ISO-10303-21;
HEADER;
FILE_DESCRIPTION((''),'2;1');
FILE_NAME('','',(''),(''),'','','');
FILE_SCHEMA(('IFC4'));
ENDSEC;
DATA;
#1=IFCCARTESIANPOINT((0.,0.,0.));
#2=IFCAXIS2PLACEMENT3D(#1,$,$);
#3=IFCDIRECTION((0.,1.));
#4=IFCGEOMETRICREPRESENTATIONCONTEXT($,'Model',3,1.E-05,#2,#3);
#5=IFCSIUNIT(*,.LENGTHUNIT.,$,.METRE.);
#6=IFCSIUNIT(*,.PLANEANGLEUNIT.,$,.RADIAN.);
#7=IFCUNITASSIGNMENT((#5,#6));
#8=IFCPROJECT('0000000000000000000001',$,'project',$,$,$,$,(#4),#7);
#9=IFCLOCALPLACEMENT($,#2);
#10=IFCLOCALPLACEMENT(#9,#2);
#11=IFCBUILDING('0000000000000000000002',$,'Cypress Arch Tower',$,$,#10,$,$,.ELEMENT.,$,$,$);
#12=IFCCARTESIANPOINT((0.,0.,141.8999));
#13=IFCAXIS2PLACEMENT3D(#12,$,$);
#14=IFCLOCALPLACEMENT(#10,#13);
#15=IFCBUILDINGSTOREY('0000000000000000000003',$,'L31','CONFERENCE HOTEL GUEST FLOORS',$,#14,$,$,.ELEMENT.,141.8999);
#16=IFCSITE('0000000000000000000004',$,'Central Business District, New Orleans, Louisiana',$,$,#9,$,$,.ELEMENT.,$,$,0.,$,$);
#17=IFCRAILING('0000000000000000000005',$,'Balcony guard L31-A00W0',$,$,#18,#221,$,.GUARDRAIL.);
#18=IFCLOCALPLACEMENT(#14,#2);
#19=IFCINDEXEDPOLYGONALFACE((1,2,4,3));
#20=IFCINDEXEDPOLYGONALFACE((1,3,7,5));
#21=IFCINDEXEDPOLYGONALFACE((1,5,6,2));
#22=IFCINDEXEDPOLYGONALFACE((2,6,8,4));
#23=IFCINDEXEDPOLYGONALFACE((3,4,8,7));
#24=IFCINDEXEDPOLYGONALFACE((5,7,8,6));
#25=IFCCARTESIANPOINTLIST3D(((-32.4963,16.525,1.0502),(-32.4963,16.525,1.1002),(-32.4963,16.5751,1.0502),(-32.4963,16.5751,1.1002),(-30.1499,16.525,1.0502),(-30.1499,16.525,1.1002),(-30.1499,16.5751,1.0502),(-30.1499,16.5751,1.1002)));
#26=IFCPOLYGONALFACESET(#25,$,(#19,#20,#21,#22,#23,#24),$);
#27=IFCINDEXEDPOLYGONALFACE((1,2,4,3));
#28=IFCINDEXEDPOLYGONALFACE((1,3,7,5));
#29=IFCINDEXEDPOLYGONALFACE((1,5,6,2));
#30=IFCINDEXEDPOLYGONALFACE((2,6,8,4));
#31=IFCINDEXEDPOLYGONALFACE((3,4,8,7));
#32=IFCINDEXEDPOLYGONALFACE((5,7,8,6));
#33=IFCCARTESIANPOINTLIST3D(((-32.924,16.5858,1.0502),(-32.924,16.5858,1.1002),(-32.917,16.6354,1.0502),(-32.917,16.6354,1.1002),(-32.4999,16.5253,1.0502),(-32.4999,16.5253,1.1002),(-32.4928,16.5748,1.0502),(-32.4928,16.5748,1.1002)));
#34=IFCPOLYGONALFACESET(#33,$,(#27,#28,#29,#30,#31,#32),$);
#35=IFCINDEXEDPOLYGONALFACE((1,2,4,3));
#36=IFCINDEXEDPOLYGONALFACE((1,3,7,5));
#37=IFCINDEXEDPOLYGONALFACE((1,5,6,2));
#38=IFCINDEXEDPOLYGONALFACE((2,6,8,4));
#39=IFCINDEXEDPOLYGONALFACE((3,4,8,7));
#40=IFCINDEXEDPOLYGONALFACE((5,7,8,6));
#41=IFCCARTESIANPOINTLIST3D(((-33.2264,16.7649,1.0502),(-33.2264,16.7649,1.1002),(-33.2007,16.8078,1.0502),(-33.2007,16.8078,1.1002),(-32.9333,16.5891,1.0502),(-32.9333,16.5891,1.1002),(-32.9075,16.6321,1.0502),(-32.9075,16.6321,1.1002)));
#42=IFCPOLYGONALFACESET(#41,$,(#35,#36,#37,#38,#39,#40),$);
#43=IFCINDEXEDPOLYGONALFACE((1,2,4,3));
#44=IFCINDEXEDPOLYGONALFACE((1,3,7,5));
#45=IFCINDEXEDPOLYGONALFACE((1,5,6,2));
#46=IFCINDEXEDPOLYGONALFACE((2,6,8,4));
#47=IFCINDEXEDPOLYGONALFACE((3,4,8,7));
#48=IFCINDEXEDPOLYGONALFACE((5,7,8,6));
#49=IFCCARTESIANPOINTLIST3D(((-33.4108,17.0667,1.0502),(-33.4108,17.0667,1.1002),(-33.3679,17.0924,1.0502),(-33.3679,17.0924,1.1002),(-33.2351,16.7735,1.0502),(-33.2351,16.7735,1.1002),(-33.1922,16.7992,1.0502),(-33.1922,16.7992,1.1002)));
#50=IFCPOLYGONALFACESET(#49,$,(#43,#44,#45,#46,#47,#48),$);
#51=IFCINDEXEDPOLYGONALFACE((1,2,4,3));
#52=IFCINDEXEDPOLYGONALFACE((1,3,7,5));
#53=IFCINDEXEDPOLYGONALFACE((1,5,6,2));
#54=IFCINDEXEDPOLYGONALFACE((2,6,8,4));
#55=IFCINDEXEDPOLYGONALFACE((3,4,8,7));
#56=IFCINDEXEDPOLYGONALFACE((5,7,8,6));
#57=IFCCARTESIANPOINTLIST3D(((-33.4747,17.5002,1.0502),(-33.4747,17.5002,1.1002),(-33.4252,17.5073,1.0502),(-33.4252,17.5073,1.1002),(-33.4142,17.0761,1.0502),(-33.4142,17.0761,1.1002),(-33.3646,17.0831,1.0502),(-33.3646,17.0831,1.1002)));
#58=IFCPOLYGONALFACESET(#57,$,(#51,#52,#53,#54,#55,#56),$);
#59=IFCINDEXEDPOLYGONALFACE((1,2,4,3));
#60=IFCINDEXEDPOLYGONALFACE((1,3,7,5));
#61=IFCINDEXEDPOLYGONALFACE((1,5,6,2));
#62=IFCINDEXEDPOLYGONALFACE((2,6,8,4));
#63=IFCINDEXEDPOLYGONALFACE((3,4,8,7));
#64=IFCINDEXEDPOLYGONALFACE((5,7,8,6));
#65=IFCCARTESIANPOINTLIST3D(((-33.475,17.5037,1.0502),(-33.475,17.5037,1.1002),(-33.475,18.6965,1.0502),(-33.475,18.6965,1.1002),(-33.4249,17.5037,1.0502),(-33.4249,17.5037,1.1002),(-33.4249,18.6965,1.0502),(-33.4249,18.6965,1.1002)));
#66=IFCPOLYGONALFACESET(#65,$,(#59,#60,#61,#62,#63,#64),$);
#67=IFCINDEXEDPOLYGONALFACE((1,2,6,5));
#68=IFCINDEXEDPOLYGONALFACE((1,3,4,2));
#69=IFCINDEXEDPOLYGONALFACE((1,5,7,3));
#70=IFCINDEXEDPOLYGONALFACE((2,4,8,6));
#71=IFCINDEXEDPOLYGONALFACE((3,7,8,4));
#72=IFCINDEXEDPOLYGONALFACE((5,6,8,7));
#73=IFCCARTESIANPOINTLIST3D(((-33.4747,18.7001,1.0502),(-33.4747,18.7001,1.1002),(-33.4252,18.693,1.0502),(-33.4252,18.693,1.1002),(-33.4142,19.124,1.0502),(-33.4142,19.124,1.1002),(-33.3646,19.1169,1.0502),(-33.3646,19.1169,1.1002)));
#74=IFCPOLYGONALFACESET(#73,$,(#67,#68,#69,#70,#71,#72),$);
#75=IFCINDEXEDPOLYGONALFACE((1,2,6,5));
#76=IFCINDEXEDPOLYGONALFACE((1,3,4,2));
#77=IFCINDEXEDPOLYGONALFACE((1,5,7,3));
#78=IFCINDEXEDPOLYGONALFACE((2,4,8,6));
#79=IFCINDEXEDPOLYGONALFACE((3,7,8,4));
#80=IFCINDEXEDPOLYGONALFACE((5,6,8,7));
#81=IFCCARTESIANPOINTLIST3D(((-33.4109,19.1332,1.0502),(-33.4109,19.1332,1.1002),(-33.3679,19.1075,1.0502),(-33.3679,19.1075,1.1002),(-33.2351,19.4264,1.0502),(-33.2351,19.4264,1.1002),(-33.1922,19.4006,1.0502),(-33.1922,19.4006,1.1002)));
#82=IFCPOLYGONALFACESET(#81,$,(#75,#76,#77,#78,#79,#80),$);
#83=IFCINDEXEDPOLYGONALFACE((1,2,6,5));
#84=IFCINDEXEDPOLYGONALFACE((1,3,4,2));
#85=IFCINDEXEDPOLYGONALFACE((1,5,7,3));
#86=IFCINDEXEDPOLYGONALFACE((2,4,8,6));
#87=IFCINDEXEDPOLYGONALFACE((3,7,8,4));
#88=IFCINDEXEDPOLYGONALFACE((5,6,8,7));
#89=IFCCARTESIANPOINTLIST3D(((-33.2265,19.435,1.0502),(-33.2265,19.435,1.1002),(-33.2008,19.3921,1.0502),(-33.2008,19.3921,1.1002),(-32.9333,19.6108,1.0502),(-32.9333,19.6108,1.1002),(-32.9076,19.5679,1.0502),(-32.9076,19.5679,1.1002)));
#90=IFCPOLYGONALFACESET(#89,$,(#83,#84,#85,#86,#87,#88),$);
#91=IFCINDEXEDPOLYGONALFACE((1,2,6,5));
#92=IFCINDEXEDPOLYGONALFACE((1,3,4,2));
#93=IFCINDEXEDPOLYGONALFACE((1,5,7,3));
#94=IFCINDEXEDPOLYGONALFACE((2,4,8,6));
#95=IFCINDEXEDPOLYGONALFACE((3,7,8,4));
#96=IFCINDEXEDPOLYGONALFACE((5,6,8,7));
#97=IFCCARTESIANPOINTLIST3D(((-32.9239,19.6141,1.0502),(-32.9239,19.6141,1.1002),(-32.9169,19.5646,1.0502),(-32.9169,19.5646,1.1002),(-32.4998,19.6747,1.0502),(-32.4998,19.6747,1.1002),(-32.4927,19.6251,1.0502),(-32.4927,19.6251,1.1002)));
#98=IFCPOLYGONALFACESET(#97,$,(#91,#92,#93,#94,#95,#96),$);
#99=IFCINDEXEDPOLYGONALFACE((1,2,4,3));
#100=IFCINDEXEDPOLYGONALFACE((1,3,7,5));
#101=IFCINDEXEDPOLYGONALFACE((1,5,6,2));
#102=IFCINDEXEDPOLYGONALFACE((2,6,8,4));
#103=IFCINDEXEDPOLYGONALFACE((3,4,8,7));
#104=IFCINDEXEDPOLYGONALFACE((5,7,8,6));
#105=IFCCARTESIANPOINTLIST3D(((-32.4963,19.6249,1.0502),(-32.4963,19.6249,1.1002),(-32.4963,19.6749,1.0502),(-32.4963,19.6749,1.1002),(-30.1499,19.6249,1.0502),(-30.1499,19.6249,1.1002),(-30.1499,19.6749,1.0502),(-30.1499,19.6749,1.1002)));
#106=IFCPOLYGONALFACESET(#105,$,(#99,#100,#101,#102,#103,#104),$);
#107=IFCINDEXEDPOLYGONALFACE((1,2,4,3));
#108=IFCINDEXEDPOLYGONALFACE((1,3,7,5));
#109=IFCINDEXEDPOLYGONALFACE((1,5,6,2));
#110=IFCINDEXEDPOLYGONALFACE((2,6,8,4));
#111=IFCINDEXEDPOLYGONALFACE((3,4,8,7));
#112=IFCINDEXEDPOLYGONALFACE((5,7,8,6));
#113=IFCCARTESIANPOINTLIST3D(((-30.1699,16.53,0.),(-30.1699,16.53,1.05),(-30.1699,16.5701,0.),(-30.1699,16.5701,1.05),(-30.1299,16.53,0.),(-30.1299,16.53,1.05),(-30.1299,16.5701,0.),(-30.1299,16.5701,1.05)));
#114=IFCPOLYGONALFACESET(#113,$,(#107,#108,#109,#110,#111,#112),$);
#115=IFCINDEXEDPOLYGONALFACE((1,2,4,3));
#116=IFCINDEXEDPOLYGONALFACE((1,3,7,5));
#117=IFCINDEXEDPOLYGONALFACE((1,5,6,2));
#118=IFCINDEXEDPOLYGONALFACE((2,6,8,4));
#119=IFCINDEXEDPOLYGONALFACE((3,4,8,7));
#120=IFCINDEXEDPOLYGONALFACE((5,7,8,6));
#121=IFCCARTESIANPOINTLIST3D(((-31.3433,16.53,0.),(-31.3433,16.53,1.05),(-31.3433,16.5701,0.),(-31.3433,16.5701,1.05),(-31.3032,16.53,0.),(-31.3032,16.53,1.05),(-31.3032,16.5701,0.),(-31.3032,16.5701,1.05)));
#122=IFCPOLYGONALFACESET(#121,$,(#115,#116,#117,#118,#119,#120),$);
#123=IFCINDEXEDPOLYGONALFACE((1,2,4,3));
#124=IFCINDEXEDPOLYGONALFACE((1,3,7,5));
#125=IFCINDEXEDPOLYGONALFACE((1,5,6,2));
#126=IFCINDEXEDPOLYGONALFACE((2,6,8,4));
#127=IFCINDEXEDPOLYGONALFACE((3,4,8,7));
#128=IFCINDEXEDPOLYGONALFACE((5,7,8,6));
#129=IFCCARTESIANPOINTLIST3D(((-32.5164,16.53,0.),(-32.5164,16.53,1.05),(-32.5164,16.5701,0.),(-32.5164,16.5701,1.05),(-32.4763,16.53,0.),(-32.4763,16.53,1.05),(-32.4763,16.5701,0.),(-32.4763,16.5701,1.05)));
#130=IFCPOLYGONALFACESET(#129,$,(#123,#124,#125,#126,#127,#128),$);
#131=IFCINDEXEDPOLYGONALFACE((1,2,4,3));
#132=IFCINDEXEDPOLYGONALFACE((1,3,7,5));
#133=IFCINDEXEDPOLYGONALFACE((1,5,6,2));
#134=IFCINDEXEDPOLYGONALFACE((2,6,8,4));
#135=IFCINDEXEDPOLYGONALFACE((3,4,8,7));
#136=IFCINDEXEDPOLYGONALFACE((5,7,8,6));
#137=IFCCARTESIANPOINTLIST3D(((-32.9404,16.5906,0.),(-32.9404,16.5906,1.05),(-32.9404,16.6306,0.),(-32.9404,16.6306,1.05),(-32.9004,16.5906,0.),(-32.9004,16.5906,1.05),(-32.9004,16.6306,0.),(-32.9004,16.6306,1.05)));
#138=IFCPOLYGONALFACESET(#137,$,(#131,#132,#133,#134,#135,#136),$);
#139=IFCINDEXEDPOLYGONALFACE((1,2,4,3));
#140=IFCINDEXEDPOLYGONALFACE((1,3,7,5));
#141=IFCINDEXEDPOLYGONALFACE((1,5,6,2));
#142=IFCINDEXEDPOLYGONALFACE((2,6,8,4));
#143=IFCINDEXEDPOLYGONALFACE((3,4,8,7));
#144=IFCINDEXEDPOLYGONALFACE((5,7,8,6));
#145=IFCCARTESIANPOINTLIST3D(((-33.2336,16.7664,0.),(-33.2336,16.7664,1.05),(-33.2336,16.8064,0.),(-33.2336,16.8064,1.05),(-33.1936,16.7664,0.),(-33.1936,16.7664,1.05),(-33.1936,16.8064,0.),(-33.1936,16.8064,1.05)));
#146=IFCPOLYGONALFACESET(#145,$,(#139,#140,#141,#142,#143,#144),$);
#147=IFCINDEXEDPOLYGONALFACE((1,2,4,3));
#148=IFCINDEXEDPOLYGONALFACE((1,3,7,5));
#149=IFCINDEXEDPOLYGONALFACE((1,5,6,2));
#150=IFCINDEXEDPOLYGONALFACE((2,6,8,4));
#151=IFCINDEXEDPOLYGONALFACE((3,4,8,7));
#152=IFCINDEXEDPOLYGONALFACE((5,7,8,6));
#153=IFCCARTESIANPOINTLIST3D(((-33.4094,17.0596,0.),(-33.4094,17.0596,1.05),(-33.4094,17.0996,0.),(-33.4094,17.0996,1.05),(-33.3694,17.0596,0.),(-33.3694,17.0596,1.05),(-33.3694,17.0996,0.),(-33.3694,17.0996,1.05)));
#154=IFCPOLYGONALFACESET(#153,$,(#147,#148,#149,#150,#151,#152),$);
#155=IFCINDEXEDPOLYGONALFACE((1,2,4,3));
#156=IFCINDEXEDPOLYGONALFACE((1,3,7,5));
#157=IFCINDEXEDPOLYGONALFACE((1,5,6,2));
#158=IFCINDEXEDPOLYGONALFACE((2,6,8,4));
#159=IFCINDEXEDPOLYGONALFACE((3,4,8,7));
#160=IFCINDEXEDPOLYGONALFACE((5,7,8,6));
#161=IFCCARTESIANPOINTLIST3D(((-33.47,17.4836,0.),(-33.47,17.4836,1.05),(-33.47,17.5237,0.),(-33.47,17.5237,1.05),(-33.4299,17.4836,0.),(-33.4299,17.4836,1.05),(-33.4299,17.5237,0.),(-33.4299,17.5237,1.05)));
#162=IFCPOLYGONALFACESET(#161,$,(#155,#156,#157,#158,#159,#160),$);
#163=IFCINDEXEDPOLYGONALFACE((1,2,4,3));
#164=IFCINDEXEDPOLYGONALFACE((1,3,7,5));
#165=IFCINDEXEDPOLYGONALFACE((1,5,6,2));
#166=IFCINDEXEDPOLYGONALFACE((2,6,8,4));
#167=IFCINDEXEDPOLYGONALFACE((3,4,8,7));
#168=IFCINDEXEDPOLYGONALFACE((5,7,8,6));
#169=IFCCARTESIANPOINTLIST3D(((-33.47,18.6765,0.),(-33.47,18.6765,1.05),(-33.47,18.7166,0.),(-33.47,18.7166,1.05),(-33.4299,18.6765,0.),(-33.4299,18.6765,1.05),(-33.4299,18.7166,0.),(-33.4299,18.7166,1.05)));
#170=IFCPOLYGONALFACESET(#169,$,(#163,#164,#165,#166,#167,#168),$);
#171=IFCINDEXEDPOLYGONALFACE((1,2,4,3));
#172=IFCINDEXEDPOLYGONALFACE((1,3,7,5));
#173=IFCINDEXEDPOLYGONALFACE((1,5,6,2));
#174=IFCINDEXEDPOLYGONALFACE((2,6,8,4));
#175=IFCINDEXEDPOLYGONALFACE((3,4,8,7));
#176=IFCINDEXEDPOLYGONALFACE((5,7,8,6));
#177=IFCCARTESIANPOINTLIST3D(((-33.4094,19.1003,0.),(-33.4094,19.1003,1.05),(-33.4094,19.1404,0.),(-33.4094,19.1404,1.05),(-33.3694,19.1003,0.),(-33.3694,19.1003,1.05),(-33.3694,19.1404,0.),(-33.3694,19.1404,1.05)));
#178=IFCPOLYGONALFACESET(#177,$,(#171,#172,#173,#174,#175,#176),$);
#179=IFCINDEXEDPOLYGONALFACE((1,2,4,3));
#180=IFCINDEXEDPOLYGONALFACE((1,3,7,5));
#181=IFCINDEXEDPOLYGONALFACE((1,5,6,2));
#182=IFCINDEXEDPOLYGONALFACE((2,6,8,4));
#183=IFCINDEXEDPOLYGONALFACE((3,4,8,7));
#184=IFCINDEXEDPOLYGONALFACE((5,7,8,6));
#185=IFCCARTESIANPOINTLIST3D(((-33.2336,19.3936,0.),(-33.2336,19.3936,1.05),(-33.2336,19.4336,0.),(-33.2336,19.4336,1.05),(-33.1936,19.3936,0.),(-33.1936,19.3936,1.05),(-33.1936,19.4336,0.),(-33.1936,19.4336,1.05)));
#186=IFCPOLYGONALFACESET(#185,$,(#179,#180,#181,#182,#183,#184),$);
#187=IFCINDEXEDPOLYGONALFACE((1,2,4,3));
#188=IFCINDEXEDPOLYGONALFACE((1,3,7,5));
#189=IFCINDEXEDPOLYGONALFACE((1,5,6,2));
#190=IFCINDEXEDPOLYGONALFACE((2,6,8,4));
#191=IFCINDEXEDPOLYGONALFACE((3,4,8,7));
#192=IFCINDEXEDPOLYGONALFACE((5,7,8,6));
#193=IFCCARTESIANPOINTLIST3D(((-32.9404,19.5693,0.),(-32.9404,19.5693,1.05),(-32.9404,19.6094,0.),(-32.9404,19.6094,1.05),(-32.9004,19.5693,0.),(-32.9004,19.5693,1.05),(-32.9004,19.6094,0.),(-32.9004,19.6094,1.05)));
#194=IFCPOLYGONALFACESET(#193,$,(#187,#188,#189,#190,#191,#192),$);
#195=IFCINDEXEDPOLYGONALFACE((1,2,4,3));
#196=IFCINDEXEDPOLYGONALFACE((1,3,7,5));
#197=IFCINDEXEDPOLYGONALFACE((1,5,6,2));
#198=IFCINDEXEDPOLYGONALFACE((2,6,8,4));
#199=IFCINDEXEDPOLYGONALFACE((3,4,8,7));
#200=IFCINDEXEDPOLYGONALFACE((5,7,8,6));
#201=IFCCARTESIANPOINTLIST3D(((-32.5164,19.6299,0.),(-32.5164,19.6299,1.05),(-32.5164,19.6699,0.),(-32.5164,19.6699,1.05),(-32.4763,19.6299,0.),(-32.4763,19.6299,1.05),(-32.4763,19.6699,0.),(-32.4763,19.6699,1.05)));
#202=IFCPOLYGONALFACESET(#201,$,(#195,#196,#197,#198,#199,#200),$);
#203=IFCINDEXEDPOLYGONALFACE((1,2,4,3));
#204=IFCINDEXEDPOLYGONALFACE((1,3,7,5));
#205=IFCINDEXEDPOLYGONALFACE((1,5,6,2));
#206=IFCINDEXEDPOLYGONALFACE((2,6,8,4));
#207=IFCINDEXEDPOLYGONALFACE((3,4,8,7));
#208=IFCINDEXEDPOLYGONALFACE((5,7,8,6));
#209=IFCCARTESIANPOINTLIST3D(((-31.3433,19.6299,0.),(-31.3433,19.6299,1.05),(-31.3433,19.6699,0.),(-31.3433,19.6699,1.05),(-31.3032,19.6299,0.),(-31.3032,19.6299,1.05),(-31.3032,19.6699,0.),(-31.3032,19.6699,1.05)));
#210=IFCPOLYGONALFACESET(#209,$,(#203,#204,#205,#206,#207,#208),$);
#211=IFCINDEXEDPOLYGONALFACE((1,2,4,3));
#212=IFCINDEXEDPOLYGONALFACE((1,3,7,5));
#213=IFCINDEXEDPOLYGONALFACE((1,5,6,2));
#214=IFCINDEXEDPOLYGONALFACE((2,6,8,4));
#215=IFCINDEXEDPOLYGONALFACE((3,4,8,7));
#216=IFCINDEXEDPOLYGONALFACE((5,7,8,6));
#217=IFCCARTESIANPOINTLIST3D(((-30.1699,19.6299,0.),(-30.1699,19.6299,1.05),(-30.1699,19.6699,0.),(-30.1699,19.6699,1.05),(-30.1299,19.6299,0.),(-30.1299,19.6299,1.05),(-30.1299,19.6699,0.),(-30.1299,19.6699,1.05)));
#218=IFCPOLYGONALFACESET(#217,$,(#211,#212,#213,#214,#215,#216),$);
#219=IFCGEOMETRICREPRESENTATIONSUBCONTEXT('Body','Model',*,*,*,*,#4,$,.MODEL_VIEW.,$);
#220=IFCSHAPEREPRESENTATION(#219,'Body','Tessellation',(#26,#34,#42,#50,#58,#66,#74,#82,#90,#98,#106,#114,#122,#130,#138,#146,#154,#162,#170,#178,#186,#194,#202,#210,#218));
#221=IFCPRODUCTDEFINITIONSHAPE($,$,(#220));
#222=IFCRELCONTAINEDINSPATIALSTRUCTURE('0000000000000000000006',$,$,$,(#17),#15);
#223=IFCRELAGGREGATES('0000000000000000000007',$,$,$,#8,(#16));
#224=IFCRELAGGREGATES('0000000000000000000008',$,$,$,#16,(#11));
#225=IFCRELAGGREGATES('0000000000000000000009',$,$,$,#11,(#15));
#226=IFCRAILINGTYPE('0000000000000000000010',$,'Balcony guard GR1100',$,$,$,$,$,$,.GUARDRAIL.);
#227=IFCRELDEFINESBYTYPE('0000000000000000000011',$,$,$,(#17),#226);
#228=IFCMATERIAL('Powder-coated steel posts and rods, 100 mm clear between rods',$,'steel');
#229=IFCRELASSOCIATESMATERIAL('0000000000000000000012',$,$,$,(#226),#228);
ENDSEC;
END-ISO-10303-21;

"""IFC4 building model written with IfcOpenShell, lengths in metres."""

from ifc_helpers import new_model, si_unit, direction, frame, origin, origin_2d, place, context, subcontext, project, spatial, rectangle, extrude, material, type_object, element, save


model = new_model("IFC4")

# Units and contexts
model_context = context("Model", 3, precision=1e-05, world=origin(), true_north=direction((0.0, 1.0)))
body_context = subcontext(model_context, "Body", "Model", "MODEL_VIEW")
ifc_project = project(units=[si_unit("LENGTHUNIT", "METRE"), si_unit("PLANEANGLEUNIT", "RADIAN")], contexts=[model_context])

# Site, building, storey
site_placement = place(None, origin())
site = spatial("IfcSite", under=ifc_project, at=site_placement, Name="Central Business District, New Orleans, Louisiana", CompositionType="ELEMENT", RefElevation=0.0)
building_placement = place(site_placement, origin())
building = spatial("IfcBuilding", under=site, at=building_placement, Name="Cypress Arch Tower", CompositionType="ELEMENT")
storey_placement = place(building_placement, frame((0.0, 0.0, 141.8999)))
storey = spatial("IfcBuildingStorey", under=building, at=storey_placement, Name="L31", Description="CONFERENCE HOTEL GUEST FLOORS", CompositionType="ELEMENT", Elevation=141.8999)

# Railing
ifc_material_1 = material(Name="Powder-coated steel posts and rods, 100 mm clear between rods", Category="steel")
railing_type_1 = type_object("IfcRailingType", Name="Balcony guard GR1100", PredefinedType="GUARDRAIL", material=ifc_material_1)
railing_1_placement = place(storey_placement, frame((-30.1499, 16.55, 0.0)))
element("IfcRailing", 1, at=railing_1_placement, inside=storey, type_object=railing_type_1, Name="Balcony guard L31-A00W0", PredefinedType="GUARDRAIL", context=body_context, shape_type="SweptSolid", body=[
    extrude(rectangle(XDim=0.05, YDim=0.05, at=origin_2d()), frame((0.0, 0.0, 1.0752), z_axis=(-1.0, 0.0, 0.0), x_axis=(0.0, -1.0, 0.0)), (0.0, 0.0, 1.0), 2.3464),
    extrude(rectangle(XDim=0.05, YDim=0.05, at=origin_2d()), frame((-2.3464, 0.0, 1.0752), z_axis=(-0.989961, 0.141342, 0.0), x_axis=(-0.141342, -0.989961, 0.0)), (0.0, 0.0, 1.0), 0.4285),
    extrude(rectangle(XDim=0.05, YDim=0.05, at=origin_2d()), frame((-2.7705, 0.0605, 1.0752), z_axis=(-0.857682, 0.514181, 0.0), x_axis=(-0.514181, -0.857682, 0.0)), (0.0, 0.0, 1.0), 0.3418),
    extrude(rectangle(XDim=0.05, YDim=0.05, at=origin_2d()), frame((-3.0637, 0.2363, 1.0752), z_axis=(-0.514181, 0.857682, 0.0), x_axis=(-0.857682, -0.514181, 0.0)), (0.0, 0.0, 1.0), 0.3418),
    extrude(rectangle(XDim=0.05, YDim=0.05, at=origin_2d()), frame((-3.2395, 0.5295, 1.0752), z_axis=(-0.141342, 0.989961, 0.0), x_axis=(-0.989961, -0.141342, 0.0)), (0.0, 0.0, 1.0), 0.4285),
    extrude(rectangle(XDim=0.05, YDim=0.05, at=origin_2d()), frame((-3.3, 0.9536, 1.0752), z_axis=(0.0, 1.0, 0.0), x_axis=(-1.0, 0.0, 0.0)), (0.0, 0.0, 1.0), 1.1929),
    extrude(rectangle(XDim=0.05, YDim=0.05, at=origin_2d()), frame((-3.3, 2.1465, 1.0752), z_axis=(0.141421, 0.989949, 0.0), x_axis=(-0.989949, 0.141421, 0.0)), (0.0, 0.0, 1.0), 0.4282),
    extrude(rectangle(XDim=0.05, YDim=0.05, at=origin_2d()), frame((-3.2395, 2.5703, 1.0752), z_axis=(0.514181, 0.857682, 0.0), x_axis=(-0.857682, 0.514181, 0.0)), (0.0, 0.0, 1.0), 0.3418),
    extrude(rectangle(XDim=0.05, YDim=0.05, at=origin_2d()), frame((-3.0637, 2.8635, 1.0752), z_axis=(0.857682, 0.514181, 0.0), x_axis=(-0.514181, 0.857682, 0.0)), (0.0, 0.0, 1.0), 0.3418),
    extrude(rectangle(XDim=0.05, YDim=0.05, at=origin_2d()), frame((-2.7705, 3.0393, 1.0752), z_axis=(0.989961, 0.141342, 0.0), x_axis=(-0.141342, 0.989961, 0.0)), (0.0, 0.0, 1.0), 0.4285),
    extrude(rectangle(XDim=0.05, YDim=0.05, at=origin_2d()), frame((-2.3464, 3.0999, 1.0752), z_axis=(1.0, 0.0, 0.0), x_axis=(0.0, 1.0, 0.0)), (0.0, 0.0, 1.0), 2.3464),
    extrude(rectangle(XDim=0.04, YDim=0.04, at=origin_2d()), origin(), (0.0, 0.0, 1.0), 1.05),
    extrude(rectangle(XDim=0.04, YDim=0.04, at=origin_2d()), frame((-1.1733, 0.0, 0.0)), (0.0, 0.0, 1.0), 1.05),
    extrude(rectangle(XDim=0.04, YDim=0.04, at=origin_2d()), frame((-2.3464, 0.0, 0.0)), (0.0, 0.0, 1.0), 1.05),
    extrude(rectangle(XDim=0.04, YDim=0.04, at=origin_2d()), frame((-2.7705, 0.0605, 0.0)), (0.0, 0.0, 1.0), 1.05),
    extrude(rectangle(XDim=0.04, YDim=0.04, at=origin_2d()), frame((-3.0637, 0.2363, 0.0)), (0.0, 0.0, 1.0), 1.05),
    extrude(rectangle(XDim=0.04, YDim=0.04, at=origin_2d()), frame((-3.2395, 0.5295, 0.0)), (0.0, 0.0, 1.0), 1.05),
    extrude(rectangle(XDim=0.04, YDim=0.04, at=origin_2d()), frame((-3.3, 0.9536, 0.0)), (0.0, 0.0, 1.0), 1.05),
    extrude(rectangle(XDim=0.04, YDim=0.04, at=origin_2d()), frame((-3.3, 2.1465, 0.0)), (0.0, 0.0, 1.0), 1.05),
    extrude(rectangle(XDim=0.04, YDim=0.04, at=origin_2d()), frame((-3.2395, 2.5703, 0.0)), (0.0, 0.0, 1.0), 1.05),
    extrude(rectangle(XDim=0.04, YDim=0.04, at=origin_2d()), frame((-3.0637, 2.8635, 0.0)), (0.0, 0.0, 1.0), 1.05),
    extrude(rectangle(XDim=0.04, YDim=0.04, at=origin_2d()), frame((-2.7705, 3.0393, 0.0)), (0.0, 0.0, 1.0), 1.05),
    extrude(rectangle(XDim=0.04, YDim=0.04, at=origin_2d()), frame((-2.3464, 3.0999, 0.0)), (0.0, 0.0, 1.0), 1.05),
    extrude(rectangle(XDim=0.04, YDim=0.04, at=origin_2d()), frame((-1.1733, 3.0999, 0.0)), (0.0, 0.0, 1.0), 1.05),
    extrude(rectangle(XDim=0.04, YDim=0.04, at=origin_2d()), frame((0.0, 3.0999, 0.0)), (0.0, 0.0, 1.0), 1.05),
])

save(model, "model.ifc")
